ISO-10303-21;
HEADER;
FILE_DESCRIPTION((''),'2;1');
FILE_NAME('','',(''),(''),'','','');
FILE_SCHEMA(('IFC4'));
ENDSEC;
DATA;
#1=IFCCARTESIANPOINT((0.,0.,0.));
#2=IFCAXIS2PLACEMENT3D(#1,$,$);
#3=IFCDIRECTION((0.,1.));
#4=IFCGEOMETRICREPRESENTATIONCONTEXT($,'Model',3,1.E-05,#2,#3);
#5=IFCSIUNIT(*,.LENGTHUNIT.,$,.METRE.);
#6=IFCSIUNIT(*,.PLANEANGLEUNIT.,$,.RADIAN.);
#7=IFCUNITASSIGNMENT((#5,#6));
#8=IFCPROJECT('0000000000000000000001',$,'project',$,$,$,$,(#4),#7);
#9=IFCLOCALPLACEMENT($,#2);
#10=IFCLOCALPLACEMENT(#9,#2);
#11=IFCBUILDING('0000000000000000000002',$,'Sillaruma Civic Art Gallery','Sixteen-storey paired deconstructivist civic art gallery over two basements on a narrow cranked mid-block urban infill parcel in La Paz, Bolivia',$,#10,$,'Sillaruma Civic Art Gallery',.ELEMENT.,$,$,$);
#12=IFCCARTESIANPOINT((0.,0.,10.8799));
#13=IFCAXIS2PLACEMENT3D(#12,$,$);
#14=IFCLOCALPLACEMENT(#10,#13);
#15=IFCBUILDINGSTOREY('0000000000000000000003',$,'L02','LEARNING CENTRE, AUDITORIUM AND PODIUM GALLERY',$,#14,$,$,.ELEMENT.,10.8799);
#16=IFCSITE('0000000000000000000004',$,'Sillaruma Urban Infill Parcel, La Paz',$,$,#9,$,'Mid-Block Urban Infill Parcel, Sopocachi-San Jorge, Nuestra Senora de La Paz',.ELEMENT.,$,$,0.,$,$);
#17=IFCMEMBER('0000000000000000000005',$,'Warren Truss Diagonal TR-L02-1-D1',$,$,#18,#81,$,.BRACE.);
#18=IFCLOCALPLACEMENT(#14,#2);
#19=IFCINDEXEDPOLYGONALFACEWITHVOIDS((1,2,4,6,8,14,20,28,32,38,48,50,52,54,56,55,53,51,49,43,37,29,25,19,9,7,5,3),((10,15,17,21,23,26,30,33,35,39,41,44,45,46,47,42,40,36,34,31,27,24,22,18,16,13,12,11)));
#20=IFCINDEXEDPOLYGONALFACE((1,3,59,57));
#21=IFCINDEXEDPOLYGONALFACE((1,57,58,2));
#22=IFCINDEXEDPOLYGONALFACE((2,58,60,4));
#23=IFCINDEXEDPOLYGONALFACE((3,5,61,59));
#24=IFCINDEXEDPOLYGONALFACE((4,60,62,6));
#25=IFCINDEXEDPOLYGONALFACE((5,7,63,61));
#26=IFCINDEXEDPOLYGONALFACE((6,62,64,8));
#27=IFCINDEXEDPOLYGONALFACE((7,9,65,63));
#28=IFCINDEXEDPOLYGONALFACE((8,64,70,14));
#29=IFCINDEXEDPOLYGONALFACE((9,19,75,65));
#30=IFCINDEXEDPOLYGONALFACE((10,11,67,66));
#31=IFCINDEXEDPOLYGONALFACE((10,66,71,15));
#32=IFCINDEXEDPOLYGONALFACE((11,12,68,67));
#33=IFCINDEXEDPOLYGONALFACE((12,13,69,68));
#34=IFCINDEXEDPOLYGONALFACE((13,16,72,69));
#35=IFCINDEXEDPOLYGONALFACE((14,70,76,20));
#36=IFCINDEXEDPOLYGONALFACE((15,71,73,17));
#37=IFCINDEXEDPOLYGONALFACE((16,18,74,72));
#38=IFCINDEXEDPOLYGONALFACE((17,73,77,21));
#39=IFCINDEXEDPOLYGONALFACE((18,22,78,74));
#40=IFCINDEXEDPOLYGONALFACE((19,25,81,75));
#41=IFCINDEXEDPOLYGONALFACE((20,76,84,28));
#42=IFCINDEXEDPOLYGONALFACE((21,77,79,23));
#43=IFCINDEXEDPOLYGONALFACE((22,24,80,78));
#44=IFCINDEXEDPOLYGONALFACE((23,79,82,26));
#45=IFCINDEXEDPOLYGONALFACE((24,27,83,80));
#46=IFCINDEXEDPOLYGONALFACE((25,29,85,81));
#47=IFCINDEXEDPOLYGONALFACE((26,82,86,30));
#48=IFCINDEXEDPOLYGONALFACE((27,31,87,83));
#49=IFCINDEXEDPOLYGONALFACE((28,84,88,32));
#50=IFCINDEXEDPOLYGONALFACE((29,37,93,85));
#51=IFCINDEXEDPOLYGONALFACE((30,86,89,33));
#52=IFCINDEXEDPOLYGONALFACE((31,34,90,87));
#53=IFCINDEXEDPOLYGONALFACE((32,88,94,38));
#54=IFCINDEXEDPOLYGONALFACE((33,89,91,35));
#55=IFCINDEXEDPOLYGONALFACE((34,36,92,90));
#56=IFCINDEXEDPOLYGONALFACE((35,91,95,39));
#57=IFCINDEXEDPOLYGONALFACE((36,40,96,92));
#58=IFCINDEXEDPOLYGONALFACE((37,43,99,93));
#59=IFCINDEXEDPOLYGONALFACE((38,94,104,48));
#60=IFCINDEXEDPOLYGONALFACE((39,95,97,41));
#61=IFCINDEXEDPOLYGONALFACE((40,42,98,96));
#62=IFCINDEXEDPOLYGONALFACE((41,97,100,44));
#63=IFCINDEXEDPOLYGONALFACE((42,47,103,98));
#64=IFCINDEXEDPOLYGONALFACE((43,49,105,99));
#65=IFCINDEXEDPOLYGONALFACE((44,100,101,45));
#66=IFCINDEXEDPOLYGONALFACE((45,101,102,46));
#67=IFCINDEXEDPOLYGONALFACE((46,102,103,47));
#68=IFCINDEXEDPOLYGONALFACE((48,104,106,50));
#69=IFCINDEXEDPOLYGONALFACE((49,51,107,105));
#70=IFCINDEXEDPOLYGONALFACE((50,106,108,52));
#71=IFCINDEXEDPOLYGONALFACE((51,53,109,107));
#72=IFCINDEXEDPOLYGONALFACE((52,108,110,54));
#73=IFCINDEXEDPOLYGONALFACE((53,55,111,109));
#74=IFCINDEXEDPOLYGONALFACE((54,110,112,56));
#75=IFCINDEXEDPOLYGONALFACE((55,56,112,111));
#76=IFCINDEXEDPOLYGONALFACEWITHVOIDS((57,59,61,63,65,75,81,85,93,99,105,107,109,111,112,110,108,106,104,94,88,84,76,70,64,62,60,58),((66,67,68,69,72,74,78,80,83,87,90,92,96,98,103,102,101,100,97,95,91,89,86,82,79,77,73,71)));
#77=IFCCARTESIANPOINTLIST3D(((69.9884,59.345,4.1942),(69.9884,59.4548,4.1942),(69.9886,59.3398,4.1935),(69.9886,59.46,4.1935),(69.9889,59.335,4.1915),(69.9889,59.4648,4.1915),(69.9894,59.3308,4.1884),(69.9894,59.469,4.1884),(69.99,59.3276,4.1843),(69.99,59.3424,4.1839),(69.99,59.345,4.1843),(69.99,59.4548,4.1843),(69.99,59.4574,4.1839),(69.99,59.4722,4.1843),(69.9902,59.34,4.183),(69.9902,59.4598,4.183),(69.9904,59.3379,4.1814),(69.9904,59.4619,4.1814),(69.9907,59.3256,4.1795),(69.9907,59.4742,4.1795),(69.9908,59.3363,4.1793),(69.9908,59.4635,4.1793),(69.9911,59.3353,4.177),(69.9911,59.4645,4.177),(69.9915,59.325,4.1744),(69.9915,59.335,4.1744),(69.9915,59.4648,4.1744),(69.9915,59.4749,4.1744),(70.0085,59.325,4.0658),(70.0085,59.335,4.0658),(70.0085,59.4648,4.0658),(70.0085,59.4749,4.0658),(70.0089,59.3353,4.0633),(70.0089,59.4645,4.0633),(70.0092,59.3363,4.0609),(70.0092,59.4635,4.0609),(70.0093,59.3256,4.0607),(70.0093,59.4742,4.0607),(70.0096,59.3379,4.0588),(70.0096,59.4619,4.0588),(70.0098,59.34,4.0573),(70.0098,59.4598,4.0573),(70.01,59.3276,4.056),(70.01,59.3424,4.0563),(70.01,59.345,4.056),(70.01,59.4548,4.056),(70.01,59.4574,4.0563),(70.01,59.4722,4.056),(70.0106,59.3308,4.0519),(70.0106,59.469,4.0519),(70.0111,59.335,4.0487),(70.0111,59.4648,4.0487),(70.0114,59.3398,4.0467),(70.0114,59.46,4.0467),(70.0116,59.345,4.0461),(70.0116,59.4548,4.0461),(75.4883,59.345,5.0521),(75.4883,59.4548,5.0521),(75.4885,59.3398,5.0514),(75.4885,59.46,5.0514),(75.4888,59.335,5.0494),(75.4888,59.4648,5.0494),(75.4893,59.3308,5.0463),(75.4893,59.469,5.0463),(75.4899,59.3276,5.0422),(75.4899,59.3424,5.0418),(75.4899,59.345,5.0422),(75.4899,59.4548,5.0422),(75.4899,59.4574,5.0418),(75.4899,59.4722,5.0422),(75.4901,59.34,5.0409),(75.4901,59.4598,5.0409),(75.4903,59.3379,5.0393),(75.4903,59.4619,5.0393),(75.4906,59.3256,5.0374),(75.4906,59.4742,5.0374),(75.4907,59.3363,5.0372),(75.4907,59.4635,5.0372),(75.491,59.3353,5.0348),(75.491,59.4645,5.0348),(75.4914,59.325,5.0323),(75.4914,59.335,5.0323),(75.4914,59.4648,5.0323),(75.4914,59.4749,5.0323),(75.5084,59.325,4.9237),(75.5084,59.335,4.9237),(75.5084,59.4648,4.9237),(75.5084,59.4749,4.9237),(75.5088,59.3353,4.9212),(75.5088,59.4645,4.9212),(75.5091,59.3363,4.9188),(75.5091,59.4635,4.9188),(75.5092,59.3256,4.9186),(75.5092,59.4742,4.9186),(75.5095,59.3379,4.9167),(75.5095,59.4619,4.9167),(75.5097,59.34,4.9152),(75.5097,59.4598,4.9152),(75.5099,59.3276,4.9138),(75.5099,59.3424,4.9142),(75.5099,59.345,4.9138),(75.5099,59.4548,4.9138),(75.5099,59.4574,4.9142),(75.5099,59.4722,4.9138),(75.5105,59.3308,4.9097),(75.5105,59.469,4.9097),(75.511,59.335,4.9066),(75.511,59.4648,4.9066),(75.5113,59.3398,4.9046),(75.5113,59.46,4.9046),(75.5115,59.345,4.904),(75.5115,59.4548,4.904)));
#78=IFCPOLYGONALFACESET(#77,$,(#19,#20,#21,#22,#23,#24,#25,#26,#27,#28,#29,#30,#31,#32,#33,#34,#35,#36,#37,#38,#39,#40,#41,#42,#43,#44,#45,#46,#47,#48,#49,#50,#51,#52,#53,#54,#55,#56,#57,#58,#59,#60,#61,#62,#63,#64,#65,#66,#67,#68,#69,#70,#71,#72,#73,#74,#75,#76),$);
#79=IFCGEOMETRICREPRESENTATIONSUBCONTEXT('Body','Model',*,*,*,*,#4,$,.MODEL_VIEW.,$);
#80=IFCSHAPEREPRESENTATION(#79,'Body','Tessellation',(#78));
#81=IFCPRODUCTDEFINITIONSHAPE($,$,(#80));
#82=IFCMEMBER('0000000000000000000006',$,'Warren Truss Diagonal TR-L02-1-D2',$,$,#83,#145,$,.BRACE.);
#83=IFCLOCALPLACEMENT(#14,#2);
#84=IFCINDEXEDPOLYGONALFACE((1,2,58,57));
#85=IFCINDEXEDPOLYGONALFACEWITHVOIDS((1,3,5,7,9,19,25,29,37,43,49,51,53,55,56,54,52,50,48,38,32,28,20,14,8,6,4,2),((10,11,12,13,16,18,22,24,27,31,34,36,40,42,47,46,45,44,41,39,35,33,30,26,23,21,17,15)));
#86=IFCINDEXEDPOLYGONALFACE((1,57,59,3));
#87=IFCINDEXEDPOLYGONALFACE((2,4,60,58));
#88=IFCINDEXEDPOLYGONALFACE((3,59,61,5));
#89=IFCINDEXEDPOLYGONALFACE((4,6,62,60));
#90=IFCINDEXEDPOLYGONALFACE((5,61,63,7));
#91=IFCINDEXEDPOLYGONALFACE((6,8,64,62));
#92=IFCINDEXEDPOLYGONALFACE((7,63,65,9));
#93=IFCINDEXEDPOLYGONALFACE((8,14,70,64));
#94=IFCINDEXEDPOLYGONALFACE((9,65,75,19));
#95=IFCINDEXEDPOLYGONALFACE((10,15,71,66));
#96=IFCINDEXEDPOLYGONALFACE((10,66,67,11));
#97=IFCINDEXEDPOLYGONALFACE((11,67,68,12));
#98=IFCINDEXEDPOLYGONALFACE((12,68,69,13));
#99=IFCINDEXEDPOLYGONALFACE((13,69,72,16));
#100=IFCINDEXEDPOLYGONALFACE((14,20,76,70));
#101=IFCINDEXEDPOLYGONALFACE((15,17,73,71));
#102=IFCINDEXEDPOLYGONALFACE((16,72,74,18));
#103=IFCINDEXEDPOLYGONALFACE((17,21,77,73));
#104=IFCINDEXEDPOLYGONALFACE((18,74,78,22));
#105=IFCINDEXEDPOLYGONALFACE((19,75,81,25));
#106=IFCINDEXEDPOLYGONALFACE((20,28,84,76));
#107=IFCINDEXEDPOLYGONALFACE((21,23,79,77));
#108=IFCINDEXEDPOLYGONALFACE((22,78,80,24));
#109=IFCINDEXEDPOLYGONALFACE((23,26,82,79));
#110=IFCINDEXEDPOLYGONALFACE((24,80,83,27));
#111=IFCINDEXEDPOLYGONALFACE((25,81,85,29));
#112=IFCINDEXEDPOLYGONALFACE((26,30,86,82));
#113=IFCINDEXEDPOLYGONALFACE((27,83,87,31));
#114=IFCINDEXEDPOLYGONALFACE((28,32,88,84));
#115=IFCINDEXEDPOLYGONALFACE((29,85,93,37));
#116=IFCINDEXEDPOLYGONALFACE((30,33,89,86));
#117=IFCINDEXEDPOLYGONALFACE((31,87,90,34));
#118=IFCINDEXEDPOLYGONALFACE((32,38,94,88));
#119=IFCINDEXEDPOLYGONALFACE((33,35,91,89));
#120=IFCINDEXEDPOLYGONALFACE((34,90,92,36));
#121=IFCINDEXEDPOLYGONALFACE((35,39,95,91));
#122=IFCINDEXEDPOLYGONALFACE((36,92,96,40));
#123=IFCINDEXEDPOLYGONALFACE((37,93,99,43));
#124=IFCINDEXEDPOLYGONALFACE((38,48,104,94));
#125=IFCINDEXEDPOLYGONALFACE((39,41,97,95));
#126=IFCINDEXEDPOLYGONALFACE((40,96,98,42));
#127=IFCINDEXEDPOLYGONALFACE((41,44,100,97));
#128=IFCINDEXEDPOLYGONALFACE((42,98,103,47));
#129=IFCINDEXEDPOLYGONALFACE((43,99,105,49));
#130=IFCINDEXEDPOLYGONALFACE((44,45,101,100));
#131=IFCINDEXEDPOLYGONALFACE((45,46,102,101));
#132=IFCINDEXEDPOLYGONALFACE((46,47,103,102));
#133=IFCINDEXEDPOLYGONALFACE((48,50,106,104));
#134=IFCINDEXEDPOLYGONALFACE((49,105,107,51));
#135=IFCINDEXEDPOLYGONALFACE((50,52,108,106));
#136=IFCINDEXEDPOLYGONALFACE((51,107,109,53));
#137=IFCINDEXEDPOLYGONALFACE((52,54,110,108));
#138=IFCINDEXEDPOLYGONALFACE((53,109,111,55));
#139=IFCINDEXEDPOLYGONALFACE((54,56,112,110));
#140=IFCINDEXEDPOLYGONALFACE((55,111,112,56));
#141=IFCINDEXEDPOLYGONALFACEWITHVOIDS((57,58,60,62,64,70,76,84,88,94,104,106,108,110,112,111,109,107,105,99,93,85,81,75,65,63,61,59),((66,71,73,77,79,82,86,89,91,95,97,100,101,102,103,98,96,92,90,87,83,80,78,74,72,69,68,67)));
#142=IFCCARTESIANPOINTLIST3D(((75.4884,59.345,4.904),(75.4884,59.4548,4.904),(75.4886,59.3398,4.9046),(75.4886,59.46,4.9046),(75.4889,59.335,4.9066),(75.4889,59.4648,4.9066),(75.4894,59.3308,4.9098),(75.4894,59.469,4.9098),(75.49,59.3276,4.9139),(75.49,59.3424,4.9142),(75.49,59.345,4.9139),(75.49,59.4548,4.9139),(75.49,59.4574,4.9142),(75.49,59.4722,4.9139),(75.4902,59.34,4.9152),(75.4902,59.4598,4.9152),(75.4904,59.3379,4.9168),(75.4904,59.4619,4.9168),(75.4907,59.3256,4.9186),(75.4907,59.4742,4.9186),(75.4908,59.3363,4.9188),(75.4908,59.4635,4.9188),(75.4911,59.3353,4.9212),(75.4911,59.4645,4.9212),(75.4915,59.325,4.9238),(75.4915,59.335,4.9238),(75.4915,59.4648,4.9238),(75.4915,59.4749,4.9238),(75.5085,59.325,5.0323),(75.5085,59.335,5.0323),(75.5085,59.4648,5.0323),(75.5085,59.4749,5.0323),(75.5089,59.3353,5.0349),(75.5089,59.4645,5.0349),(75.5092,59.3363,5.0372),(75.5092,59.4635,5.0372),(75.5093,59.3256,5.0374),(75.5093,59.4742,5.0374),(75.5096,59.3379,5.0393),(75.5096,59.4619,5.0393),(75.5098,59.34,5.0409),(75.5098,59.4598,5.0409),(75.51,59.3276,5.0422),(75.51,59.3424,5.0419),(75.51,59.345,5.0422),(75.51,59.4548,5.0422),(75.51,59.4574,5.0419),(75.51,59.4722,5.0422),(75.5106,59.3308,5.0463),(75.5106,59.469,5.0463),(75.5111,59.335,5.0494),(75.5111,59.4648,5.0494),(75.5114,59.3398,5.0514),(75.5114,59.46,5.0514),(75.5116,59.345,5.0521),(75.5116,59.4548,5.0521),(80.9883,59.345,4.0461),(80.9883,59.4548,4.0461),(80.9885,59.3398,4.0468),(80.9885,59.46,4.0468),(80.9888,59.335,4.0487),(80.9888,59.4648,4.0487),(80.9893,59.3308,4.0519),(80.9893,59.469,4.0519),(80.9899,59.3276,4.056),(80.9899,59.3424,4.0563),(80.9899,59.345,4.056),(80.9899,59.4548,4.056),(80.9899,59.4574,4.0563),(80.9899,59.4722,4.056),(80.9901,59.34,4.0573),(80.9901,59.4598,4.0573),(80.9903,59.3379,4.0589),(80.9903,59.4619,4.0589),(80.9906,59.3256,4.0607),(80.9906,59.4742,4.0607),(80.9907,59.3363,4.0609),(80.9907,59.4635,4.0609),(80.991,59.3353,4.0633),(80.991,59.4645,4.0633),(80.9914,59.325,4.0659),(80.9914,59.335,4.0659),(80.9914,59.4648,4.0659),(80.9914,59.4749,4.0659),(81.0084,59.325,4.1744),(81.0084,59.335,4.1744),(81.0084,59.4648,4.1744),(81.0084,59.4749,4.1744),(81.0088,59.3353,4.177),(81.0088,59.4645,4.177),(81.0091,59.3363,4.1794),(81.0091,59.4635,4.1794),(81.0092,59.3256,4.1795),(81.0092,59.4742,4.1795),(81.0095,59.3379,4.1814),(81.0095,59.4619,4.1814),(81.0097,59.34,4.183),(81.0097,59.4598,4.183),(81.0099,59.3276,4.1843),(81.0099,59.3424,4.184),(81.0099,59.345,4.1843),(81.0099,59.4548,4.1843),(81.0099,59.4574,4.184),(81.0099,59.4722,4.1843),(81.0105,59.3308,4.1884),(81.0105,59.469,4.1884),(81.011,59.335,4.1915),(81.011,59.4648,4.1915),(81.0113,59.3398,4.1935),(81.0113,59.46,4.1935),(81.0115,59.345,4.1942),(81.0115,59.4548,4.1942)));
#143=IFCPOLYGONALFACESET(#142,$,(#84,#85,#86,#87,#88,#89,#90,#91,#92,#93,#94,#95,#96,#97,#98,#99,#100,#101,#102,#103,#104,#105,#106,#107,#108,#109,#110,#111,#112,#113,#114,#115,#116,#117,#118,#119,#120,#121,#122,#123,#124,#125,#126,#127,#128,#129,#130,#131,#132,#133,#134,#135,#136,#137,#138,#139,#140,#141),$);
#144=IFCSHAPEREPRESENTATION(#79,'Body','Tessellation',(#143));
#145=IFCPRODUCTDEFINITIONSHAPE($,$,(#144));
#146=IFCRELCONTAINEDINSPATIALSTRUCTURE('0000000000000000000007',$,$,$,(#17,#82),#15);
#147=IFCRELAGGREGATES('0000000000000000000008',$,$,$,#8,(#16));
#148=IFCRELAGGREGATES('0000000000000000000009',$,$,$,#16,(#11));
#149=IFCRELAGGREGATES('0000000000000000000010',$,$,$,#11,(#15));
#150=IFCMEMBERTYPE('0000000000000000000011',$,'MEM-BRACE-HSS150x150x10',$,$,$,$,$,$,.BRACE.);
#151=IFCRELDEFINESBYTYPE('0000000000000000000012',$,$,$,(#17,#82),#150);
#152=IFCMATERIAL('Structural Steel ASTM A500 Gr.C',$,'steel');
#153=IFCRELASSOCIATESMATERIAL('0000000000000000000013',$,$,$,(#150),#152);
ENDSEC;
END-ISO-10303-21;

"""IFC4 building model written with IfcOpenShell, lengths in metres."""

from ifc_helpers import new_model, si_unit, direction, frame, origin, origin_2d, place, context, subcontext, project, spatial, hollow_rectangle, extrude, material, material_profile, profile_set, type_object, element, save


model = new_model("IFC4")

# Units and contexts
model_context = context("Model", 3, precision=1e-05, world=origin(), true_north=direction((0.0, 1.0)))
body_context = subcontext(model_context, "Body", "Model", "MODEL_VIEW")
ifc_project = project(units=[si_unit("LENGTHUNIT", "METRE"), si_unit("PLANEANGLEUNIT", "RADIAN")], contexts=[model_context])

# Site, building, storey
site_placement = place(None, origin())
site = spatial("IfcSite", under=ifc_project, at=site_placement, Name="Sillaruma Urban Infill Parcel, La Paz", LongName="Mid-Block Urban Infill Parcel, Sopocachi-San Jorge, Nuestra Senora de La Paz", CompositionType="ELEMENT", RefElevation=0.0)
building_placement = place(site_placement, origin())
building = spatial("IfcBuilding", under=site, at=building_placement, Name="Sillaruma Civic Art Gallery", Description="Sixteen-storey paired deconstructivist civic art gallery over two basements on a narrow cranked mid-block urban infill parcel in La Paz, Bolivia", LongName="Sillaruma Civic Art Gallery", CompositionType="ELEMENT")
storey_placement = place(building_placement, frame((0.0, 0.0, 10.8799)))
storey = spatial("IfcBuildingStorey", under=building, at=storey_placement, Name="L02", Description="LEARNING CENTRE, AUDITORIUM AND PODIUM GALLERY", CompositionType="ELEMENT", Elevation=10.8799)

# Members
ifc_material_1 = material(Name="Structural Steel ASTM A500 Gr.C", Category="steel")
ifc_material_profile_1 = material_profile(ifc_material_1, hollow_rectangle(XDim=0.1499, YDim=0.1499, WallThickness=0.01, InnerFilletRadius=0.01, OuterFilletRadius=0.02, at=origin_2d()), Name="HSS150x150x10")
ifc_profile_set_1 = profile_set([ifc_material_profile_1], Name="Structural Steel ASTM A500 Gr.C")
member_type_1 = type_object("IfcMemberType", Name="MEM-BRACE-HSS150x150x10", PredefinedType="BRACE", material=ifc_profile_set_1)
for number, where, z_axis, x_axis, name in (
    (1, (70.0, 59.3999, 4.1201), (0.988052, 0.0, 0.15412), (0.0, 1.0, 0.0), "Warren Truss Diagonal TR-L02-1-D1"),
    (2, (75.5, 59.3999, 4.978), (0.988052, 0.0, -0.15412), (0.0, 1.0, 0.0), "Warren Truss Diagonal TR-L02-1-D2"),
):
    element("IfcMember", number, at=place(storey_placement, frame(where, z_axis=z_axis, x_axis=x_axis)), inside=storey, type_object=member_type_1, Name=name, PredefinedType="BRACE", context=body_context, shape_type="SweptSolid", body=[
        extrude(hollow_rectangle(XDim=0.1499, YDim=0.1499, WallThickness=0.01, InnerFilletRadius=0.01, OuterFilletRadius=0.02, at=origin_2d()), origin(), (0.0, 0.0, 1.0), 5.5664),
    ])

save(model, "model.ifc")
